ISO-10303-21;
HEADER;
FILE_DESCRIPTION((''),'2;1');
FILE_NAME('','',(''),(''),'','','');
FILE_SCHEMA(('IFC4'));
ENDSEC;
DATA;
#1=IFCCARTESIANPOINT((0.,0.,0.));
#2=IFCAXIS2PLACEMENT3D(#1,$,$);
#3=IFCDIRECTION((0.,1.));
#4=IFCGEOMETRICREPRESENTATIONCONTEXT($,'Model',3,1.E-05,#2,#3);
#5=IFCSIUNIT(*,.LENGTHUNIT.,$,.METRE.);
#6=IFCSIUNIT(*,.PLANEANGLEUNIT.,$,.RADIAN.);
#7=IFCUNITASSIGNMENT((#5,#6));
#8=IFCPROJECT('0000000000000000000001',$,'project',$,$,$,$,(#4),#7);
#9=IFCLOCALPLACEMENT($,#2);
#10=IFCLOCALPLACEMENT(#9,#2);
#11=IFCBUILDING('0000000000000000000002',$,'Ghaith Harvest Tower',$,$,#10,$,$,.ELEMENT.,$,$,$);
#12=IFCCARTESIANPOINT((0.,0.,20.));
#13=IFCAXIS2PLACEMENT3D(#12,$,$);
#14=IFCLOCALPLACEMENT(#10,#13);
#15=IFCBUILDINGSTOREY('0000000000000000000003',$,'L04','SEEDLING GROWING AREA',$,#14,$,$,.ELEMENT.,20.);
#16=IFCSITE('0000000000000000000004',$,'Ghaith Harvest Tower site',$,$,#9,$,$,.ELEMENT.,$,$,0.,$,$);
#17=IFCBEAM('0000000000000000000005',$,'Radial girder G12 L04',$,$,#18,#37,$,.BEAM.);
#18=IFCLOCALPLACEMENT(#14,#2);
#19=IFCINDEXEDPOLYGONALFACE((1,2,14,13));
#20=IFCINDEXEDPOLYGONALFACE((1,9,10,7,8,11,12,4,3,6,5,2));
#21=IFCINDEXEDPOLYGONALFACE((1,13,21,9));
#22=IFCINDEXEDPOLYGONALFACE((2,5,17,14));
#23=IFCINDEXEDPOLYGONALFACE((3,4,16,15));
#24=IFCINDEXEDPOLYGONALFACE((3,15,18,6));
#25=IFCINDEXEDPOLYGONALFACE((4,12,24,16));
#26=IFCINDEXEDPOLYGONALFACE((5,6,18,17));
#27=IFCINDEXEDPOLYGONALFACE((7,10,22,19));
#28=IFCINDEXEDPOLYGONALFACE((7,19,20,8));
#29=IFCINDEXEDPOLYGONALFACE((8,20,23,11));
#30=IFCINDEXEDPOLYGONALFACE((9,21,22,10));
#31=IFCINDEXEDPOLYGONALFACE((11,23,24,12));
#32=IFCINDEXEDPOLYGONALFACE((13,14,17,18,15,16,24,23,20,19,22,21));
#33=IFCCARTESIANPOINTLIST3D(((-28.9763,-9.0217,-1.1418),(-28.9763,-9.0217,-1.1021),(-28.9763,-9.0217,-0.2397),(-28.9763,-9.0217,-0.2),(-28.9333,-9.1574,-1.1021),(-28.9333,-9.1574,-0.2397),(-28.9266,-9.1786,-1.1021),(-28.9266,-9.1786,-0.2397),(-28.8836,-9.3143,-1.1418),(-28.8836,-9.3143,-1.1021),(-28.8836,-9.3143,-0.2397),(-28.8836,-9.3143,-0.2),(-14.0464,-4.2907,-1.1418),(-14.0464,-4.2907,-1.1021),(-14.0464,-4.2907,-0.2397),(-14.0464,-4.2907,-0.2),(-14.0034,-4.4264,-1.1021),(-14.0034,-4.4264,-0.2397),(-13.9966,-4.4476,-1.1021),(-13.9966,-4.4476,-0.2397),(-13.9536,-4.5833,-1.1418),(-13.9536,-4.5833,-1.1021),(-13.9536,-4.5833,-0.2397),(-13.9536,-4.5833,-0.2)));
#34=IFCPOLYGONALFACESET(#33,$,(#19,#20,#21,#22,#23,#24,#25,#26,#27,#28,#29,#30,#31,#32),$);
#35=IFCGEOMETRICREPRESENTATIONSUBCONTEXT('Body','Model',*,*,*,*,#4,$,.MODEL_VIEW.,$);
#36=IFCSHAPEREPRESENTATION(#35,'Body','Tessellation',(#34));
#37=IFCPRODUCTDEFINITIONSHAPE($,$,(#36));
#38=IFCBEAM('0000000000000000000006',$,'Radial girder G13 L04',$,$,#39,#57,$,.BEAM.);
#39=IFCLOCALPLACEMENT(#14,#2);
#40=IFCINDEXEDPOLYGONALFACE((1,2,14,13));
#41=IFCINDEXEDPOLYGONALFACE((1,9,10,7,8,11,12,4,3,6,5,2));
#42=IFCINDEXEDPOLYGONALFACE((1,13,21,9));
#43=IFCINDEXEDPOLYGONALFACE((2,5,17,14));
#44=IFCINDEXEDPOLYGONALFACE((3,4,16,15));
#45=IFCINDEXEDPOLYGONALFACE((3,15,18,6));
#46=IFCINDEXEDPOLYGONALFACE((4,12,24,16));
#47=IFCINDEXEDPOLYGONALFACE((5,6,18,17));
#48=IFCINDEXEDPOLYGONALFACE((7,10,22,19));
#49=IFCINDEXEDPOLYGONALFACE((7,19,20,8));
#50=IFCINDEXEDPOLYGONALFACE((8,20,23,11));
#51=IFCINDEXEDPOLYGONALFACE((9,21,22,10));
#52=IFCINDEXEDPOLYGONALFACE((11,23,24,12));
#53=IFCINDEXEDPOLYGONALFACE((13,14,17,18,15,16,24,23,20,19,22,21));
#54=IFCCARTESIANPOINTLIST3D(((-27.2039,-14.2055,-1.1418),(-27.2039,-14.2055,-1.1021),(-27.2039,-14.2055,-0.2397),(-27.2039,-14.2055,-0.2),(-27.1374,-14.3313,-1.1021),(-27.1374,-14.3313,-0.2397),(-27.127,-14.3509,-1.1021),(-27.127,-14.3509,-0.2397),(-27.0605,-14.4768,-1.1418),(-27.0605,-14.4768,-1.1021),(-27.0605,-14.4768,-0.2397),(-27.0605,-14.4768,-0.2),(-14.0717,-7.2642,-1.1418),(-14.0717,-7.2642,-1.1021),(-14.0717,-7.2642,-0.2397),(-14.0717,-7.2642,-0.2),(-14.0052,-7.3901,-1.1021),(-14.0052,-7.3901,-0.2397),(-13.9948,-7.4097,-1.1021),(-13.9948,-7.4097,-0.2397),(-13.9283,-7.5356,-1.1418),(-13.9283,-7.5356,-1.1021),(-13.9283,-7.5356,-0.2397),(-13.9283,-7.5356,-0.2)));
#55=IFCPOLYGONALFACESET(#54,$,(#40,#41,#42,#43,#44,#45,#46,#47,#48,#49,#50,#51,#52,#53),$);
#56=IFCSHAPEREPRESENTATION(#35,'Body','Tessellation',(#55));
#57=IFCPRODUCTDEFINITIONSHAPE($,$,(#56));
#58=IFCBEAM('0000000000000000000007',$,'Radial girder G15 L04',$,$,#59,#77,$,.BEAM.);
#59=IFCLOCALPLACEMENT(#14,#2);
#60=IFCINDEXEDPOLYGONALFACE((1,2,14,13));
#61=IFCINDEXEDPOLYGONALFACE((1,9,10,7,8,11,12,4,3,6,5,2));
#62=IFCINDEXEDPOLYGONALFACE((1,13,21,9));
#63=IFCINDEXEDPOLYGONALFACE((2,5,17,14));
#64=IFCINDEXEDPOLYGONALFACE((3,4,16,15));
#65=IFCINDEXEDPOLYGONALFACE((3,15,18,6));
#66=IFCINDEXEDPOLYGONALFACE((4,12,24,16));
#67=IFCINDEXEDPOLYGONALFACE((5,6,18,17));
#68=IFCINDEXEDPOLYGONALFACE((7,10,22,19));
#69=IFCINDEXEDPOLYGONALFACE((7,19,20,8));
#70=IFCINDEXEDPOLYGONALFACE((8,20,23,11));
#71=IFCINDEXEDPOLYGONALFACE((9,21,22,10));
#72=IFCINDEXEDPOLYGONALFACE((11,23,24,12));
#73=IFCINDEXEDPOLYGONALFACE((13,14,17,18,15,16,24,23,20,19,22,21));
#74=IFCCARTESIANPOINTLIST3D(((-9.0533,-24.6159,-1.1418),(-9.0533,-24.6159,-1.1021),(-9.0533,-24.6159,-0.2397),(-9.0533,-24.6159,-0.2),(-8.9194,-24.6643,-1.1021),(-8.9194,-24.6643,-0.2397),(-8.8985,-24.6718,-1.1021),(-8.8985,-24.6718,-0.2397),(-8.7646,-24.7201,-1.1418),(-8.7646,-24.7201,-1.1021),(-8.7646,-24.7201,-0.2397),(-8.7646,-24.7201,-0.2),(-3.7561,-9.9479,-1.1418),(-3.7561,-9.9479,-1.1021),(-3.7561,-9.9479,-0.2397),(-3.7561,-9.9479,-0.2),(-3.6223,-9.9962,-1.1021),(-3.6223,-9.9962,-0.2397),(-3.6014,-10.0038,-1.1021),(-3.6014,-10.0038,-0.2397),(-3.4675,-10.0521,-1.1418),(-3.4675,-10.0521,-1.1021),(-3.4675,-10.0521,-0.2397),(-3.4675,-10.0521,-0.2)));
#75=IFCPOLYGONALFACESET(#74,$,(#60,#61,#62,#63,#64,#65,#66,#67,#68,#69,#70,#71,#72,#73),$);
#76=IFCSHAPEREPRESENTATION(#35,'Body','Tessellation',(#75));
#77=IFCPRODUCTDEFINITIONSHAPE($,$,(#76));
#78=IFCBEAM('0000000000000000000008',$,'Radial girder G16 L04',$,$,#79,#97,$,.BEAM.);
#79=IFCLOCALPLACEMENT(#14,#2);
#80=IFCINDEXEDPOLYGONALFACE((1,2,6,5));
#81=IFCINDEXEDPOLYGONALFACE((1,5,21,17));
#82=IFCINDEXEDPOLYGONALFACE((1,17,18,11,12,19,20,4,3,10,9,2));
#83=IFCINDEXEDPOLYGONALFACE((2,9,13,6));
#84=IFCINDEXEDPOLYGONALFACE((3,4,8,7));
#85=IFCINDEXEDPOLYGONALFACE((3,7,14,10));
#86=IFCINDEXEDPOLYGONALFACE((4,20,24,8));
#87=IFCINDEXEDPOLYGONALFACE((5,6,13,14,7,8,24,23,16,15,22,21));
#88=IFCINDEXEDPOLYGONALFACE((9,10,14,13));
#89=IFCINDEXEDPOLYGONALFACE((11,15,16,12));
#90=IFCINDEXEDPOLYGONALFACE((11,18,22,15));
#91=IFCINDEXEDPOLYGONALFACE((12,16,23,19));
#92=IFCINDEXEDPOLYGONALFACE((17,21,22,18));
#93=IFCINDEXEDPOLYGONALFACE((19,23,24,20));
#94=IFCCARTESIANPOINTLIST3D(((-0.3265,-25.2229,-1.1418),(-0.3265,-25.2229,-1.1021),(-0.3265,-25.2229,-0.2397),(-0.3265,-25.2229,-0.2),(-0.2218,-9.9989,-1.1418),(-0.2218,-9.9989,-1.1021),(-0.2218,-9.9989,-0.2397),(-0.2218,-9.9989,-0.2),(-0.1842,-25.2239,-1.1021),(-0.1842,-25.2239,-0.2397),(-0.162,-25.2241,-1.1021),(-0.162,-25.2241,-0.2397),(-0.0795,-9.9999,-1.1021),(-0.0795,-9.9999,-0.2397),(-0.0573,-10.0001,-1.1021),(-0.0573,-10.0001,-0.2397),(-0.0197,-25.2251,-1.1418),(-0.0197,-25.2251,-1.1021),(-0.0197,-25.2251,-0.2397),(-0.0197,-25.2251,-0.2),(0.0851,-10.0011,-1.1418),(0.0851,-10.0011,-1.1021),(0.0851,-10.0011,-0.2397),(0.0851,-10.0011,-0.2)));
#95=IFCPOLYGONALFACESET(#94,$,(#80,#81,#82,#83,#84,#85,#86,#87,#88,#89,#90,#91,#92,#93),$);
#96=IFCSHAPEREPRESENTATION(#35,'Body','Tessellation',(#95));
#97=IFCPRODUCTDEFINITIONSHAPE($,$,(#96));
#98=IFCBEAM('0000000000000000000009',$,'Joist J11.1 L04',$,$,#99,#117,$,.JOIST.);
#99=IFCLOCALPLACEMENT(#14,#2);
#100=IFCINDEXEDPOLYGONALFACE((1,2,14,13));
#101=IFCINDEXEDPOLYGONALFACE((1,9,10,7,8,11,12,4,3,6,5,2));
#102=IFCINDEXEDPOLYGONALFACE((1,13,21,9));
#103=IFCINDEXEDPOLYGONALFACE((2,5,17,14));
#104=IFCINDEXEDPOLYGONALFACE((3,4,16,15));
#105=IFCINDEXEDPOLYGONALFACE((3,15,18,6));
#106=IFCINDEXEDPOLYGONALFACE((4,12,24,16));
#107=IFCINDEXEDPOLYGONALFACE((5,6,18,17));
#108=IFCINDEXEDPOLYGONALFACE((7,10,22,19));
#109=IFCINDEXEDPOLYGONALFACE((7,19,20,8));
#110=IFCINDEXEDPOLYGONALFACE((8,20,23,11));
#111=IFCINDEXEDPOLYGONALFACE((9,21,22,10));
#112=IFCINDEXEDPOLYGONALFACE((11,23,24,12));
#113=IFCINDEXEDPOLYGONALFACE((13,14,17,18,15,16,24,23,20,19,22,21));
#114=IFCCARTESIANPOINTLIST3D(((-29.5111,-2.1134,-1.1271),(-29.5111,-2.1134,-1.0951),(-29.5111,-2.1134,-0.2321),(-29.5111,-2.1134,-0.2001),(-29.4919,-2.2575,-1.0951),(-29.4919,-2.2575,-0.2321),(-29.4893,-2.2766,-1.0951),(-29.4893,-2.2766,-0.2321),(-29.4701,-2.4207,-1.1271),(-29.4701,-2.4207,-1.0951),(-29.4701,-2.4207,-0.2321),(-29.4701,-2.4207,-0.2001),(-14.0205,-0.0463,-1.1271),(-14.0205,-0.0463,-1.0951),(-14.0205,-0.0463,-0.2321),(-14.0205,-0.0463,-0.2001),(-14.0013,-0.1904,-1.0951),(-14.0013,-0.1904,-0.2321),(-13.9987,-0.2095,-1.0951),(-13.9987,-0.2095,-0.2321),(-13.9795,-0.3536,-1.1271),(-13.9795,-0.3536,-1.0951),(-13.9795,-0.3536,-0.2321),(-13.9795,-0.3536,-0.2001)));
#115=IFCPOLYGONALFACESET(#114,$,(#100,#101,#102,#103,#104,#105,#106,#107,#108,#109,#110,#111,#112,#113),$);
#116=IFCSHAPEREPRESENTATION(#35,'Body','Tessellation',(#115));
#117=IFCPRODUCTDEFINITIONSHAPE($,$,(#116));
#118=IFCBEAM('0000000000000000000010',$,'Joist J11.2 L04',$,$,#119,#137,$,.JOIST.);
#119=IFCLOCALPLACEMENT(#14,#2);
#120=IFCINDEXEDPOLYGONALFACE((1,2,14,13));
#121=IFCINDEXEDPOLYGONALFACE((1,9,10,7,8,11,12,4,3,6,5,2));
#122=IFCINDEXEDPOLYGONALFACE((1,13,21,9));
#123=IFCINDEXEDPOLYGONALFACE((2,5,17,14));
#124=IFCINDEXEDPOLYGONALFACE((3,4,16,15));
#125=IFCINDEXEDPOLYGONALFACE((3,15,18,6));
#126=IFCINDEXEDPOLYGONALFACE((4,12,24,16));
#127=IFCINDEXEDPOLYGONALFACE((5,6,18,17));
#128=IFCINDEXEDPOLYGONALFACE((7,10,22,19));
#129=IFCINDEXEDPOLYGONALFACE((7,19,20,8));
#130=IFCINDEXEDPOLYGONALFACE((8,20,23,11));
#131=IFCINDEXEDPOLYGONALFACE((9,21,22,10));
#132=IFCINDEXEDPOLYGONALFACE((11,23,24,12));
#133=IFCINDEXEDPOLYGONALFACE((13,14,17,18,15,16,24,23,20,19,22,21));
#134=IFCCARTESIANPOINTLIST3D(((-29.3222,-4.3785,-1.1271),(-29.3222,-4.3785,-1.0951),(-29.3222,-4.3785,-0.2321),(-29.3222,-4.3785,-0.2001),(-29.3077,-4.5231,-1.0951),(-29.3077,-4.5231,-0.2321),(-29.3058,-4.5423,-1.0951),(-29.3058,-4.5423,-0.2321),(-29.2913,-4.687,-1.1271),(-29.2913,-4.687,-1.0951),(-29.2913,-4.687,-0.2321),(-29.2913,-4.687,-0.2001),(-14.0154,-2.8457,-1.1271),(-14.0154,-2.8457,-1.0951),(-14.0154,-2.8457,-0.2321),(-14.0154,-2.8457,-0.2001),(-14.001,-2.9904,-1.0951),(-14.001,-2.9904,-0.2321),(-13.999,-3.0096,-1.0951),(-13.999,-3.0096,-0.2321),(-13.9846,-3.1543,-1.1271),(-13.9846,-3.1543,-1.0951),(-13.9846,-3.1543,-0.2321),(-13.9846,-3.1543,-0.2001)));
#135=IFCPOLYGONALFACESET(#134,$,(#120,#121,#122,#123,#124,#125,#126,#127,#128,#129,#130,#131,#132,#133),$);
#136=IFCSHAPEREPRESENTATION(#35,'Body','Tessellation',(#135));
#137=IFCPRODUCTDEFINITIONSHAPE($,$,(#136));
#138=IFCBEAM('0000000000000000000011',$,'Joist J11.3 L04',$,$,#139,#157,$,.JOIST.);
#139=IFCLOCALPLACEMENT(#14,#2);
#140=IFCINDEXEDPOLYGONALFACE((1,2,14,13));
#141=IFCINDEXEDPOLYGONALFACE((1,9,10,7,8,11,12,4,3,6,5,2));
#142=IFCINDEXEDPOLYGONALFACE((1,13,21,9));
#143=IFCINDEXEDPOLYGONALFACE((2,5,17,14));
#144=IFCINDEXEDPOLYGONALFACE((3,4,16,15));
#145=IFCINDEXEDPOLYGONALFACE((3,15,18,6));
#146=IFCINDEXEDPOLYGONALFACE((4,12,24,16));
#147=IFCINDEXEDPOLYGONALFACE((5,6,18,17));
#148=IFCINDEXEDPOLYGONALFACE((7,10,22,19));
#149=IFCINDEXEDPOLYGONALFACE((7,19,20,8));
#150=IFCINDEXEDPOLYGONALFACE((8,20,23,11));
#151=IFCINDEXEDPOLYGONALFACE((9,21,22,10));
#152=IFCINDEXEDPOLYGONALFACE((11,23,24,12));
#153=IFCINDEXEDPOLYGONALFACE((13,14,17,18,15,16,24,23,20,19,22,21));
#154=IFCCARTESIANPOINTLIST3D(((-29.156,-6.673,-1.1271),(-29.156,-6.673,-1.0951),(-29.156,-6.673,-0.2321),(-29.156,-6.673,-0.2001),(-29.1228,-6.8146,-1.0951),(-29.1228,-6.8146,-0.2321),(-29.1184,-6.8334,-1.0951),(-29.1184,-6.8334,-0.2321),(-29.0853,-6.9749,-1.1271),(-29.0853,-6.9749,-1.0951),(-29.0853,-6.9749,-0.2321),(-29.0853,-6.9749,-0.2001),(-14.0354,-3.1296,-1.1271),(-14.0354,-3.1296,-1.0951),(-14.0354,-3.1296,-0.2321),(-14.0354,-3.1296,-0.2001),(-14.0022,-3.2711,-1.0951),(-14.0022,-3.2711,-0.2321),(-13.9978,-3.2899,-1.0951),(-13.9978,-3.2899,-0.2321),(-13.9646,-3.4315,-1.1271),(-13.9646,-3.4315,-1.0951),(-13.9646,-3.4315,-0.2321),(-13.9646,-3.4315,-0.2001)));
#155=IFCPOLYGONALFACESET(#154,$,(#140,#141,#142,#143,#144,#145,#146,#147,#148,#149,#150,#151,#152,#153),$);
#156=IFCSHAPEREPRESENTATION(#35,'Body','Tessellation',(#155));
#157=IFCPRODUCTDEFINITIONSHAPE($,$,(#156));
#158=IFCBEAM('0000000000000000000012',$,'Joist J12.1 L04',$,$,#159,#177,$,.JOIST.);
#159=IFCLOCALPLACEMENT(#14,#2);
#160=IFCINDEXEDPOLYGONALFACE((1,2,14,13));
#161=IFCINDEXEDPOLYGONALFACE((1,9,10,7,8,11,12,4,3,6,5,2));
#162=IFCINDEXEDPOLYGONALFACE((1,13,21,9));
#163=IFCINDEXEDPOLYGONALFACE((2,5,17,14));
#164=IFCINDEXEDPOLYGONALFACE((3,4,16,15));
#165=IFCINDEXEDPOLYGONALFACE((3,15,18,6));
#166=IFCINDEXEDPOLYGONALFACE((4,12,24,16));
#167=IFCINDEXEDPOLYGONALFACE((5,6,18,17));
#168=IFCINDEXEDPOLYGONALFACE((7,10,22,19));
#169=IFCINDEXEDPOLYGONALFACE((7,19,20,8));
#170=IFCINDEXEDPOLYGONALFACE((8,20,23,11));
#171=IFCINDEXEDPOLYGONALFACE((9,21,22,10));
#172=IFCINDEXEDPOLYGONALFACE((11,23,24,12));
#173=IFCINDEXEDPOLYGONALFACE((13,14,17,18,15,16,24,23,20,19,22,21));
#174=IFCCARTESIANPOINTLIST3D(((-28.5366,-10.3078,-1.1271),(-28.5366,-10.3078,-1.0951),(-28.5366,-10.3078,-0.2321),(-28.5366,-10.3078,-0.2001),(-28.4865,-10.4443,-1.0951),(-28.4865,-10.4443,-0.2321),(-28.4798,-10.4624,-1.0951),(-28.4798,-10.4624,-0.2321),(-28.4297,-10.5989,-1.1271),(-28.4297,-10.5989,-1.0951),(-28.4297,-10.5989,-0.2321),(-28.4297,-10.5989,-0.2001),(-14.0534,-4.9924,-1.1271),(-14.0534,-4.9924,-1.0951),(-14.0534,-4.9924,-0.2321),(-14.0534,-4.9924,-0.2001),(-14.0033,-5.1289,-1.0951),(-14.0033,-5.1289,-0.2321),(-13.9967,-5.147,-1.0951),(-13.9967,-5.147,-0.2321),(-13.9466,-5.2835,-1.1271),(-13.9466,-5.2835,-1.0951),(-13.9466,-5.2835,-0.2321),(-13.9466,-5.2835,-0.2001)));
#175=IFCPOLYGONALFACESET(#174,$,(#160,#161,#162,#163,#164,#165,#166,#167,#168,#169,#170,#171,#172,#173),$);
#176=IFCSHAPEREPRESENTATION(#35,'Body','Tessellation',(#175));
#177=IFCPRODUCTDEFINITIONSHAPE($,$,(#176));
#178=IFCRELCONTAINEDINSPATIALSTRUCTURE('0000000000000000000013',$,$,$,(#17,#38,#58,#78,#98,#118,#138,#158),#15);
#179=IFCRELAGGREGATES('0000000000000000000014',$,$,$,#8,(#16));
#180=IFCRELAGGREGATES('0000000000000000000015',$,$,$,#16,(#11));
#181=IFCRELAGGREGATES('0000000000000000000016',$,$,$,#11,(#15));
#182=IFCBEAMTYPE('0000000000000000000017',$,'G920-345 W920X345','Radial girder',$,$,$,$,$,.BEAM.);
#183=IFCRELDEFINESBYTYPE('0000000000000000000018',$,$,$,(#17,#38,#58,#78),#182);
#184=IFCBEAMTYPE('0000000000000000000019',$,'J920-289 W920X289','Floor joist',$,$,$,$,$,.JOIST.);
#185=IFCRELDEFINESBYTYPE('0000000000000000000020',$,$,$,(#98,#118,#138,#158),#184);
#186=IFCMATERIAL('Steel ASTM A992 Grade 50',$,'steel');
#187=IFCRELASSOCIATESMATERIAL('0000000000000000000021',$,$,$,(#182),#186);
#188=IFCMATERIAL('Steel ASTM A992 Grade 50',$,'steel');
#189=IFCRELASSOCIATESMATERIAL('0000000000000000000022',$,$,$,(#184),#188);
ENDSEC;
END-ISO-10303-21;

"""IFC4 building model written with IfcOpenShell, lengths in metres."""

from ifc_helpers import new_model, si_unit, direction, frame, origin, origin_2d, place, context, subcontext, project, spatial, i_section, extrude, material, material_profile, profile_set, type_object, element, save


model = new_model("IFC4")

# Units and contexts
model_context = context("Model", 3, precision=1e-05, world=origin(), true_north=direction((0.0, 1.0)))
body_context = subcontext(model_context, "Body", "Model", "MODEL_VIEW")
ifc_project = project(units=[si_unit("LENGTHUNIT", "METRE"), si_unit("PLANEANGLEUNIT", "RADIAN")], contexts=[model_context])

# Site, building, storey
site_placement = place(None, origin())
site = spatial("IfcSite", under=ifc_project, at=site_placement, Name="Ghaith Harvest Tower site", CompositionType="ELEMENT", RefElevation=0.0)
building_placement = place(site_placement, origin())
building = spatial("IfcBuilding", under=site, at=building_placement, Name="Ghaith Harvest Tower", CompositionType="ELEMENT")
storey_placement = place(building_placement, frame((0.0, 0.0, 20.0)))
storey = spatial("IfcBuildingStorey", under=building, at=storey_placement, Name="L04", Description="SEEDLING GROWING AREA", CompositionType="ELEMENT", Elevation=20.0)

# Beams
ifc_material_1 = material(Name="Steel ASTM A992 Grade 50", Category="steel")
ifc_material_profile_1 = material_profile(ifc_material_1, i_section(OverallWidth=0.3069, OverallDepth=0.9419, WebThickness=0.0222, FlangeThickness=0.0398, at=origin_2d()), Name="W920X345")
ifc_profile_set_1 = profile_set([ifc_material_profile_1], Name="Steel ASTM A992 Grade 50")
beam_type_1 = type_object("IfcBeamType", Name="G920-345 W920X345", Description="Radial girder", PredefinedType="BEAM", material=ifc_profile_set_1)
beam_1_placement = place(storey_placement, frame((-14.0, -4.437, -0.6709), z_axis=(-0.953284, -0.302074, 0.0), x_axis=(0.302074, -0.953284, 0.0)))
element("IfcBeam", 1, at=beam_1_placement, inside=storey, type_object=beam_type_1, Name="Radial girder G12 L04", PredefinedType="BEAM", context=body_context, shape_type="SweptSolid", body=[
    extrude(i_section(OverallWidth=0.3069, OverallDepth=0.9419, WebThickness=0.0222, FlangeThickness=0.0398, at=origin_2d()), origin(), (0.0, 0.0, 1.0), 15.6616),
])
beam_2_placement = place(storey_placement, frame((-14.0, -7.3999, -0.6709), z_axis=(-0.884097, -0.467303, 0.0), x_axis=(0.467303, -0.884097, 0.0)))
element("IfcBeam", 2, at=beam_2_placement, inside=storey, type_object=beam_type_1, Name="Radial girder G13 L04", PredefinedType="BEAM", context=body_context, shape_type="SweptSolid", body=[
    extrude(i_section(OverallWidth=0.3069, OverallDepth=0.9419, WebThickness=0.0222, FlangeThickness=0.0398, at=origin_2d()), origin(), (0.0, 0.0, 1.0), 14.8538),
])
beam_3_placement = place(storey_placement, frame((-3.6118, -10.0, -0.6709), z_axis=(-0.339664, -0.940547, 0.0), x_axis=(0.940547, -0.339664, 0.0)))
element("IfcBeam", 3, at=beam_3_placement, inside=storey, type_object=beam_type_1, Name="Radial girder G15 L04", PredefinedType="BEAM", context=body_context, shape_type="SweptSolid", body=[
    extrude(i_section(OverallWidth=0.3069, OverallDepth=0.9419, WebThickness=0.0222, FlangeThickness=0.0398, at=origin_2d()), origin(), (0.0, 0.0, 1.0), 15.5952),
])
beam_4_placement = place(storey_placement, frame((-0.0684, -10.0, -0.6709), z_axis=(-0.006879, -0.999976, 0.0), x_axis=(0.999976, -0.006879, 0.0)))
element("IfcBeam", 4, at=beam_4_placement, inside=storey, type_object=beam_type_1, Name="Radial girder G16 L04", PredefinedType="BEAM", context=body_context, shape_type="SweptSolid", body=[
    extrude(i_section(OverallWidth=0.3069, OverallDepth=0.9419, WebThickness=0.0222, FlangeThickness=0.0398, at=origin_2d()), origin(), (0.0, 0.0, 1.0), 15.2244),
])
ifc_material_2 = material(Name="Steel ASTM A992 Grade 50", Category="steel")
ifc_material_profile_2 = material_profile(ifc_material_2, i_section(OverallWidth=0.3101, OverallDepth=0.927, WebThickness=0.0193, FlangeThickness=0.032, at=origin_2d()), Name="W920X289")
ifc_profile_set_2 = profile_set([ifc_material_profile_2], Name="Steel ASTM A992 Grade 50")
beam_type_2 = type_object("IfcBeamType", Name="J920-289 W920X289", Description="Floor joist", PredefinedType="JOIST", material=ifc_profile_set_2)
beam_5_placement = place(storey_placement, frame((-14.0, -0.2, -0.6636), z_axis=(-0.991214, -0.132271, 0.0), x_axis=(0.132271, -0.991214, 0.0)))
element("IfcBeam", 5, at=beam_5_placement, inside=storey, type_object=beam_type_2, Name="Joist J11.1 L04", PredefinedType="JOIST", context=body_context, shape_type="SweptSolid", body=[
    extrude(i_section(OverallWidth=0.3101, OverallDepth=0.927, WebThickness=0.0193, FlangeThickness=0.032, at=origin_2d()), origin(), (0.0, 0.0, 1.0), 15.6279),
])
beam_6_placement = place(storey_placement, frame((-14.0, -3.0, -0.6636), z_axis=(-0.995024, -0.099636, 0.0), x_axis=(0.099636, -0.995024, 0.0)))
element("IfcBeam", 6, at=beam_6_placement, inside=storey, type_object=beam_type_2, Name="Joist J11.2 L04", PredefinedType="JOIST", context=body_context, shape_type="SweptSolid", body=[
    extrude(i_section(OverallWidth=0.3101, OverallDepth=0.927, WebThickness=0.0193, FlangeThickness=0.032, at=origin_2d()), origin(), (0.0, 0.0, 1.0), 15.3833),
])
beam_7_placement = place(storey_placement, frame((-14.0, -3.2805, -0.6636), z_axis=(-0.973623, -0.228165, 0.0), x_axis=(0.228165, -0.973623, 0.0)))
element("IfcBeam", 7, at=beam_7_placement, inside=storey, type_object=beam_type_2, Name="Joist J11.3 L04", PredefinedType="JOIST", context=body_context, shape_type="SweptSolid", body=[
    extrude(i_section(OverallWidth=0.3101, OverallDepth=0.927, WebThickness=0.0193, FlangeThickness=0.032, at=origin_2d()), origin(), (0.0, 0.0, 1.0), 15.5303),
])
beam_8_placement = place(storey_placement, frame((-14.0, -5.1379, -0.6636), z_axis=(-0.938773, -0.344537, 0.0), x_axis=(0.344537, -0.938773, 0.0)))
element("IfcBeam", 8, at=beam_8_placement, inside=storey, type_object=beam_type_2, Name="Joist J12.1 L04", PredefinedType="JOIST", context=body_context, shape_type="SweptSolid", body=[
    extrude(i_section(OverallWidth=0.3101, OverallDepth=0.927, WebThickness=0.0193, FlangeThickness=0.032, at=origin_2d()), origin(), (0.0, 0.0, 1.0), 15.4277),
])

save(model, "model.ifc")
